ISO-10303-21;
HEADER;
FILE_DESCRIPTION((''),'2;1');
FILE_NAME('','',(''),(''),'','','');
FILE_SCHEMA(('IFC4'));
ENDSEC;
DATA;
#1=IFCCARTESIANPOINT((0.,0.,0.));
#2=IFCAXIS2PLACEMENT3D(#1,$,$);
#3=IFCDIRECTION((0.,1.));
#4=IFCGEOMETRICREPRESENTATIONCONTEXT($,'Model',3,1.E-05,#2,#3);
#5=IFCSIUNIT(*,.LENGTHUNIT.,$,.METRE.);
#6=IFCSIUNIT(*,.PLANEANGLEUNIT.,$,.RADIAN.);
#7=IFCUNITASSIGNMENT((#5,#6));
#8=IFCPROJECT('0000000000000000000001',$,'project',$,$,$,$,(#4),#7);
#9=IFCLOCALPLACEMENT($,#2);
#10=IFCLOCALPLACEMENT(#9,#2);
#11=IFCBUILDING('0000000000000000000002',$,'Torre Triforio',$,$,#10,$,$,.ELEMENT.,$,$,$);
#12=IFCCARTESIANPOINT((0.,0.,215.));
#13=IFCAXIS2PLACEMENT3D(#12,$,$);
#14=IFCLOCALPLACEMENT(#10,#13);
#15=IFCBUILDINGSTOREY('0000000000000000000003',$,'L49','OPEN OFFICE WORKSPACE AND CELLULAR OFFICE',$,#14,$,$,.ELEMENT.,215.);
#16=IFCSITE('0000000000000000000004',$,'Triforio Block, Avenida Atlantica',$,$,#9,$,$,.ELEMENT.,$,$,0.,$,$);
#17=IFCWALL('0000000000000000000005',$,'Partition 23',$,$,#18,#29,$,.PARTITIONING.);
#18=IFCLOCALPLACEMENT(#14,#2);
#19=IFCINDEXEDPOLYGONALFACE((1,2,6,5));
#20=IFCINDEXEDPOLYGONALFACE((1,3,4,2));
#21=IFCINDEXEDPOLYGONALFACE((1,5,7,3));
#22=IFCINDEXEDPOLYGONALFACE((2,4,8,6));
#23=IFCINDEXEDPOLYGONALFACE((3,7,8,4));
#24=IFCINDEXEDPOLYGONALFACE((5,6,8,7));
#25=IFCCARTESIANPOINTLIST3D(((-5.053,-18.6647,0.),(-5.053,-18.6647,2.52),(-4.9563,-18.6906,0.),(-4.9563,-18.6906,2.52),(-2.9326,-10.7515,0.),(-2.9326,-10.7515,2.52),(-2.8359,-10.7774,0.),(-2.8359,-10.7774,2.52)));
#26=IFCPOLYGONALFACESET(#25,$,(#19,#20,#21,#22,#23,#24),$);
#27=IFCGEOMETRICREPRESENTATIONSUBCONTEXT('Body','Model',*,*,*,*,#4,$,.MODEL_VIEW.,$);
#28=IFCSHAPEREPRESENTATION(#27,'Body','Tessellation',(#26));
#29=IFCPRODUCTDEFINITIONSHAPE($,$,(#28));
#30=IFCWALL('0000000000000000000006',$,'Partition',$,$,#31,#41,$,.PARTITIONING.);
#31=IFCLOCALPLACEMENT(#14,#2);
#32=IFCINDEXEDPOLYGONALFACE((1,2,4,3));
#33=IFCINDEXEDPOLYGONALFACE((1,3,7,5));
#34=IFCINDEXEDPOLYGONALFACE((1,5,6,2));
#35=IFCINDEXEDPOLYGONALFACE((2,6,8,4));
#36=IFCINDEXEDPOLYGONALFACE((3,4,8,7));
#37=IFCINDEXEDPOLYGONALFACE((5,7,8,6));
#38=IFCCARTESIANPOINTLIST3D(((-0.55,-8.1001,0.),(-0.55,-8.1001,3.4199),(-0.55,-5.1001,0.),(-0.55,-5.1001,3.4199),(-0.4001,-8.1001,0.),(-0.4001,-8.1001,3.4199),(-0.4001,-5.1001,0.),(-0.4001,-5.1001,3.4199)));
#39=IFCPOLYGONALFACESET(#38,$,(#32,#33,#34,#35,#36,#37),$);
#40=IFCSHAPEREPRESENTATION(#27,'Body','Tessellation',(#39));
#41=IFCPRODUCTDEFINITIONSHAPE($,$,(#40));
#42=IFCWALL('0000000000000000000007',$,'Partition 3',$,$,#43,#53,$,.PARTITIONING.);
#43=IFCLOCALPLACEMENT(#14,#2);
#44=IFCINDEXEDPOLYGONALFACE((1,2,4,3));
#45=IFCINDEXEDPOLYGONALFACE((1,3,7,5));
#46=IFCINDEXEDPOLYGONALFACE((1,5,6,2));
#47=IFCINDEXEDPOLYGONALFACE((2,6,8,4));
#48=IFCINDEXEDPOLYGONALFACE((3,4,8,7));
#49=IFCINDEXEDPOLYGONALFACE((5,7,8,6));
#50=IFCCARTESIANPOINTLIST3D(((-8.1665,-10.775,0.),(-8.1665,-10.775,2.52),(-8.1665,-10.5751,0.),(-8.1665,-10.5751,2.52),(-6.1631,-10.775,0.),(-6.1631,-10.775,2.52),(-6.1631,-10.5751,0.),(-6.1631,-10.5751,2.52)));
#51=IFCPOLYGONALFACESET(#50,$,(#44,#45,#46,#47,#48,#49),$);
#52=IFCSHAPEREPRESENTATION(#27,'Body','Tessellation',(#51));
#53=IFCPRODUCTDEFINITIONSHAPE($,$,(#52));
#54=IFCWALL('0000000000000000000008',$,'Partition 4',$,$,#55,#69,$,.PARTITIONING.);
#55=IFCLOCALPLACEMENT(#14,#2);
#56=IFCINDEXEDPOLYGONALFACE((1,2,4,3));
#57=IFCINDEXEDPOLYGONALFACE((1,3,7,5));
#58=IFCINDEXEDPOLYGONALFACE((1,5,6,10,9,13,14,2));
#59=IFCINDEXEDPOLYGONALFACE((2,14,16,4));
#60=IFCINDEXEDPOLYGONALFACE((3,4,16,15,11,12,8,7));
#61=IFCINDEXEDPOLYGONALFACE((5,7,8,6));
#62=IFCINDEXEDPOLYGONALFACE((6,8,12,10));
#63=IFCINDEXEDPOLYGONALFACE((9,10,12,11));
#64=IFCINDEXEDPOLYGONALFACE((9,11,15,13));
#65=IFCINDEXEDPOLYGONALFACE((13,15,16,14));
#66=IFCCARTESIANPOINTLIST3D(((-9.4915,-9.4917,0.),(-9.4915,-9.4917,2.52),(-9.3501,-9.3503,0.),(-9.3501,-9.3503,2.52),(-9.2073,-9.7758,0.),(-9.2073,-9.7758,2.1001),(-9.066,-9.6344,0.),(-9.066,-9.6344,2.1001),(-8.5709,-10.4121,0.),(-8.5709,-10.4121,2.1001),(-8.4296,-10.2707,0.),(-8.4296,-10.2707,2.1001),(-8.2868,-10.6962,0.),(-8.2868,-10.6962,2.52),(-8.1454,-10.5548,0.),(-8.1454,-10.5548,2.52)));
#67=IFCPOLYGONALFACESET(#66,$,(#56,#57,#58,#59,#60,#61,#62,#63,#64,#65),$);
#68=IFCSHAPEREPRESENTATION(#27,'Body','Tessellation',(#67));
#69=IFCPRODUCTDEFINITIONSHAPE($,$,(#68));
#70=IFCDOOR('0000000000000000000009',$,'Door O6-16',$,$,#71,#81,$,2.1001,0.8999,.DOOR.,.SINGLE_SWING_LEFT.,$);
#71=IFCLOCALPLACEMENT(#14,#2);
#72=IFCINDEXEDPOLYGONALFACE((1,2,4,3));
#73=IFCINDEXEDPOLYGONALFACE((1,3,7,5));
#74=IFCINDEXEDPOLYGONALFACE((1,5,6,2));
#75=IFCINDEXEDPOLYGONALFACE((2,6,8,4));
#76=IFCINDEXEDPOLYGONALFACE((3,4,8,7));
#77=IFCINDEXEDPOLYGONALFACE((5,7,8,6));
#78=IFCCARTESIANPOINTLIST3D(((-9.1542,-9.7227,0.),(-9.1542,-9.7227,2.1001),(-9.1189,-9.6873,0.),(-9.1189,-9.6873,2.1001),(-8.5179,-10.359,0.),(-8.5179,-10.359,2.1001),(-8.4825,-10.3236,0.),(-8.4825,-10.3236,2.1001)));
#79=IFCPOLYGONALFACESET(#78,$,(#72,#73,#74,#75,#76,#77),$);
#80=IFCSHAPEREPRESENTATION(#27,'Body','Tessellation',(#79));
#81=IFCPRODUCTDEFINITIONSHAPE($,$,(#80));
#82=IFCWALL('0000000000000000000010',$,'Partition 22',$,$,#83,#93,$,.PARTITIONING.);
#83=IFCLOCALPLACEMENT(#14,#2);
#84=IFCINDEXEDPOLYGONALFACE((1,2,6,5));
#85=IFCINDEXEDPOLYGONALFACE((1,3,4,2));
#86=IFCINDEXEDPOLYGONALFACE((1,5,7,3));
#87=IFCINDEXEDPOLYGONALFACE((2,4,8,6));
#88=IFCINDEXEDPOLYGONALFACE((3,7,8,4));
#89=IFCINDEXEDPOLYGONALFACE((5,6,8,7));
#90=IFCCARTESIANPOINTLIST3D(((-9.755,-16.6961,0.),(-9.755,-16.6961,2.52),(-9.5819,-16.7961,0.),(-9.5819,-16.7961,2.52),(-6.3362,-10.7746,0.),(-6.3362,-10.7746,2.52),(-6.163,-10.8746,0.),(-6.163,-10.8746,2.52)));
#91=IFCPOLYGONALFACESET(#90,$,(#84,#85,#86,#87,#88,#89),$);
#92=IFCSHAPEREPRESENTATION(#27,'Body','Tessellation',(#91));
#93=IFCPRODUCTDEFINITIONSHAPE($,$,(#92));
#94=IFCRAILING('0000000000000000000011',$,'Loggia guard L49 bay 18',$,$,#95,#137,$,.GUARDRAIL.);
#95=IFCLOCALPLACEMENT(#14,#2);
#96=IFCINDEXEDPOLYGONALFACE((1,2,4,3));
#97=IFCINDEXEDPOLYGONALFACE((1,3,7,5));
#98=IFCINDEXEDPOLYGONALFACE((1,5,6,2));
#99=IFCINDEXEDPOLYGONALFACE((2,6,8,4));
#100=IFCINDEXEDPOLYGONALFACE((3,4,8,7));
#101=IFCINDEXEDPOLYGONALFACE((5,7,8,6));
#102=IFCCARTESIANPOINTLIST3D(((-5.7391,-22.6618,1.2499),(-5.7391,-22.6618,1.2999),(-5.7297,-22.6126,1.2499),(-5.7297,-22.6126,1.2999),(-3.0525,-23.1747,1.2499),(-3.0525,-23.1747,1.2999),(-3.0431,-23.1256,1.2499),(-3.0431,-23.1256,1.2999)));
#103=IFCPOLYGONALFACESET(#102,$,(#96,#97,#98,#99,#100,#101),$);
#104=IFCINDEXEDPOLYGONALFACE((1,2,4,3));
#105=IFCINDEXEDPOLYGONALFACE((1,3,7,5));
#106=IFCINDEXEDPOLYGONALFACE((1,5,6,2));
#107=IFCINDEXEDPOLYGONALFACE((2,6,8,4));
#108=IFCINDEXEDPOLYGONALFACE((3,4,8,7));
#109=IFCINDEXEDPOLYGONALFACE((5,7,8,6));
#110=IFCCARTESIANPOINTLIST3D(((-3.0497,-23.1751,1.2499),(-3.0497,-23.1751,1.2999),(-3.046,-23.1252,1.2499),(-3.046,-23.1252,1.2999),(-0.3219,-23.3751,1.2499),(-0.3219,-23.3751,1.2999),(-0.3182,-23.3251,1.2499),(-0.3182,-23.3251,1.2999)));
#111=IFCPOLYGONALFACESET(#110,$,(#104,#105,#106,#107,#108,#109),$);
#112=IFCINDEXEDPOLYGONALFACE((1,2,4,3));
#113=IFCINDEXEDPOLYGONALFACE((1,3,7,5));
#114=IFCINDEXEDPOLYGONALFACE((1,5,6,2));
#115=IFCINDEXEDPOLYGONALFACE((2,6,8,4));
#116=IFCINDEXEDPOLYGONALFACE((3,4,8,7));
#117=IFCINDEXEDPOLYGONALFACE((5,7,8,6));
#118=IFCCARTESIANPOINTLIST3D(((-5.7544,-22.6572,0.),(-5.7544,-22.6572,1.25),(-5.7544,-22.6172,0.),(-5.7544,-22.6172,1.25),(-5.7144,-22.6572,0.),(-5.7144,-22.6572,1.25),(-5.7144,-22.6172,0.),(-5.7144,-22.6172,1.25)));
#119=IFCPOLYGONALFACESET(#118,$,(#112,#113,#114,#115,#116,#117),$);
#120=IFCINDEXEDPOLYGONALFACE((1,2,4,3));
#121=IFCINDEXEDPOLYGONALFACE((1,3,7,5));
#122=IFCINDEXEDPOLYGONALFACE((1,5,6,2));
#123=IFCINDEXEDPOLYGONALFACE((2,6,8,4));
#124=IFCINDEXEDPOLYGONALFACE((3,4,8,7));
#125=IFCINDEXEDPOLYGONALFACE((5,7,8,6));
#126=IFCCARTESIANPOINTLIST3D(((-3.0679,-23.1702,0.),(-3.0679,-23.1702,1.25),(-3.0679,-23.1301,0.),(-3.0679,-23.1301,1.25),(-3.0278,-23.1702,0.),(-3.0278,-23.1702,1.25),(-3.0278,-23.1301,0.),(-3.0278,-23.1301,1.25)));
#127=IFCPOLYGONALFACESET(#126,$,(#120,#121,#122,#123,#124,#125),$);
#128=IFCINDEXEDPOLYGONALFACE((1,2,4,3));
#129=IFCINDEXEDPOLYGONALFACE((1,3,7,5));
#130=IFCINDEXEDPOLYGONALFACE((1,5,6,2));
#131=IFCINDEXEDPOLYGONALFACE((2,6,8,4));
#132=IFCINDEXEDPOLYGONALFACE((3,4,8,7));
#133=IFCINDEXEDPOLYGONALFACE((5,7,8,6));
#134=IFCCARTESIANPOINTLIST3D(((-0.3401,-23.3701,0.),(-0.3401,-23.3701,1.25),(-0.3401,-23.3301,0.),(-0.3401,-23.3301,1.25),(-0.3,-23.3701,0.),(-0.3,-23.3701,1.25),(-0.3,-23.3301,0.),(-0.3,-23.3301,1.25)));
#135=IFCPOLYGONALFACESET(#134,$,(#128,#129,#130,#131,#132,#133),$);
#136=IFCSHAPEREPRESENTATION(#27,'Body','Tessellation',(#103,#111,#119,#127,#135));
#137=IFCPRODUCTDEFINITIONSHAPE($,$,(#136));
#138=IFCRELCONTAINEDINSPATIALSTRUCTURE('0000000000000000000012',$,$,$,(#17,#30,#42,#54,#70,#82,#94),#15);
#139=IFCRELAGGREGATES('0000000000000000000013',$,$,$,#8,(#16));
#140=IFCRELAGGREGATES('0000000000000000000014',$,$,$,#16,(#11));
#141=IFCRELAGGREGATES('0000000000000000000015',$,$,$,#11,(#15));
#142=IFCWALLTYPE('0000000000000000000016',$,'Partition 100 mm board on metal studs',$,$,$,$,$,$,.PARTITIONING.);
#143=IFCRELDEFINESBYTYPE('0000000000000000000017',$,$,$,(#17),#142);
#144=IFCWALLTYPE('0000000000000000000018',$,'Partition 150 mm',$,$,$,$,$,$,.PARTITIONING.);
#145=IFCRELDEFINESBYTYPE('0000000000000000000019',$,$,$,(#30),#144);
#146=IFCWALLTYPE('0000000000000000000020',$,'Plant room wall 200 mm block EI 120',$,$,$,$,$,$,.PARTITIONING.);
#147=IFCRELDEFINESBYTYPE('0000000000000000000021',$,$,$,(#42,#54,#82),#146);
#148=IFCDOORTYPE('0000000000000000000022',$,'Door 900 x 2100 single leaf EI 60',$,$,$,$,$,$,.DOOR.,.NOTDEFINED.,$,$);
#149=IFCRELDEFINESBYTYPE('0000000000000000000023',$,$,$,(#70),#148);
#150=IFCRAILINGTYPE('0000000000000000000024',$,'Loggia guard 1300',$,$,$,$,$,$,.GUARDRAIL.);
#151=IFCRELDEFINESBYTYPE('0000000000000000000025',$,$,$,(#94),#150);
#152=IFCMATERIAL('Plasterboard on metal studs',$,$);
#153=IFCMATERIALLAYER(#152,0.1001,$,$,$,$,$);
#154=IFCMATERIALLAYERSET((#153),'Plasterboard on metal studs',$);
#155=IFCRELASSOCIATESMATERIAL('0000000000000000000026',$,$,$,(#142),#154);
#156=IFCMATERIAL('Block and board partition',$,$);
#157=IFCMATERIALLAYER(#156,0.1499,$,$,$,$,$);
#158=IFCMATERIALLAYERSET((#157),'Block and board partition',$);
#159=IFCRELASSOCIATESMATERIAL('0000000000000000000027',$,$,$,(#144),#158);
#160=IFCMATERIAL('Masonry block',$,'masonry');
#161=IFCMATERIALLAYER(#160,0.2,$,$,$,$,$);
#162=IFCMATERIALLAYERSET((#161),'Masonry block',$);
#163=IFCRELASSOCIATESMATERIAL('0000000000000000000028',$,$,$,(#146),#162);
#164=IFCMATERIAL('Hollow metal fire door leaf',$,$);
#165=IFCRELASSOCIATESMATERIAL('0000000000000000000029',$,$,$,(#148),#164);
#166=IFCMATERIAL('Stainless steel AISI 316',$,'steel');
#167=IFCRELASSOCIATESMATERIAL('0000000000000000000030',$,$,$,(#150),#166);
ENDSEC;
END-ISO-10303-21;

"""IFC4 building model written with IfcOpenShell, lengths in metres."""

from ifc_helpers import new_model, si_unit, direction, frame, frame_2d, origin, origin_2d, place, context, subcontext, project, spatial, rectangle, extrude, material, layer, layer_set, type_object, element, fill, save


model = new_model("IFC4")

# Units and contexts
model_context = context("Model", 3, precision=1e-05, world=origin(), true_north=direction((0.0, 1.0)))
body_context = subcontext(model_context, "Body", "Model", "MODEL_VIEW")
ifc_project = project(units=[si_unit("LENGTHUNIT", "METRE"), si_unit("PLANEANGLEUNIT", "RADIAN")], contexts=[model_context])

# Site, building, storey
site_placement = place(None, origin())
site = spatial("IfcSite", under=ifc_project, at=site_placement, Name="Triforio Block, Avenida Atlantica", CompositionType="ELEMENT", RefElevation=0.0)
building_placement = place(site_placement, origin())
building = spatial("IfcBuilding", under=site, at=building_placement, Name="Torre Triforio", CompositionType="ELEMENT")
storey_placement = place(building_placement, frame((0.0, 0.0, 215.0)))
storey = spatial("IfcBuildingStorey", under=building, at=storey_placement, Name="L49", Description="OPEN OFFICE WORKSPACE AND CELLULAR OFFICE", CompositionType="ELEMENT", Elevation=215.0)

# Shared definitions
ifc_material_1 = material(Name="Hollow metal fire door leaf")

# Walls
ifc_material_2 = material(Name="Plasterboard on metal studs")
ifc_layer_1 = layer(ifc_material_2, 0.1001)
ifc_layer_set_1 = layer_set([ifc_layer_1], Name="Plasterboard on metal studs")
wall_type_1 = type_object("IfcWallType", Name="Partition 100 mm board on metal studs", PredefinedType="PARTITIONING", material=ifc_layer_set_1)
wall_1_placement = place(storey_placement, frame((-2.8843, -10.7644, 0.0), z_axis=(0.0, 0.0, 1.0), x_axis=(-0.258818, -0.965926, 0.0)))
element("IfcWall", 1, at=wall_1_placement, inside=storey, type_object=wall_type_1, Name="Partition 23", PredefinedType="PARTITIONING", context=body_context, shape_type="SweptSolid", body=[
    extrude(rectangle(XDim=8.1924, YDim=0.1001, at=frame_2d((4.0962, 0.0))), origin(), (0.0, 0.0, 1.0), 2.52),
])
ifc_material_3 = material(Name="Block and board partition")
ifc_layer_2 = layer(ifc_material_3, 0.1499)
ifc_layer_set_2 = layer_set([ifc_layer_2], Name="Block and board partition")
wall_type_2 = type_object("IfcWallType", Name="Partition 150 mm", PredefinedType="PARTITIONING", material=ifc_layer_set_2)
wall_2_placement = place(storey_placement, frame((-0.4751, -8.1001, 0.0), z_axis=(0.0, 0.0, 1.0), x_axis=(0.0, 1.0, 0.0)))
element("IfcWall", 2, at=wall_2_placement, inside=storey, type_object=wall_type_2, Name="Partition", PredefinedType="PARTITIONING", context=body_context, shape_type="SweptSolid", body=[
    extrude(rectangle(XDim=3.0, YDim=0.1499, at=frame_2d((1.5, 0.0))), origin(), (0.0, 0.0, 1.0), 3.4199),
])
ifc_material_4 = material(Name="Masonry block", Category="masonry")
ifc_layer_3 = layer(ifc_material_4, 0.2)
ifc_layer_set_3 = layer_set([ifc_layer_3], Name="Masonry block")
wall_type_3 = type_object("IfcWallType", Name="Plant room wall 200 mm block EI 120", PredefinedType="PARTITIONING", material=ifc_layer_set_3)
wall_3_placement = place(storey_placement, frame((-6.1631, -10.675, 0.0), z_axis=(0.0, 0.0, 1.0), x_axis=(-1.0, 0.0, 0.0)))
element("IfcWall", 3, at=wall_3_placement, inside=storey, type_object=wall_type_3, Name="Partition 3", PredefinedType="PARTITIONING", context=body_context, shape_type="SweptSolid", body=[
    extrude(rectangle(XDim=2.0034, YDim=0.2, at=frame_2d((1.0017, 0.0))), origin(), (0.0, 0.0, 1.0), 2.52),
])

# Wall, opening, door
wall_4_placement = place(storey_placement, frame((-8.2161, -10.6255, 0.0), z_axis=(0.0, 0.0, 1.0), x_axis=(-0.707178, 0.707035, 0.0)))
wall_4 = element("IfcWall", 4, at=wall_4_placement, inside=storey, type_object=wall_type_3, Name="Partition 4", PredefinedType="PARTITIONING", context=body_context, shape_type="SweptSolid", body=[
    extrude(rectangle(XDim=1.7036, YDim=0.2, at=frame_2d((0.8518, 0.0))), origin(), (0.0, 0.0, 1.0), 2.52),
])
opening_1_placement = place(wall_4_placement, frame((0.4019, 0.0, 0.0)))
opening_1 = element("IfcOpeningElement", 5, at=opening_1_placement, cuts=wall_4, PredefinedType="OPENING", context=body_context, shape_type="SweptSolid", body=[
    extrude(rectangle(XDim=0.8999, YDim=2.1001, at=frame_2d((0.45, 1.05))), frame((0.0, 0.1099, 0.0), z_axis=(0.0, -1.0, 0.0), x_axis=(1.0, 0.0, 0.0)), (0.0, 0.0, 1.0), 0.22),
])
door_type_1 = type_object("IfcDoorType", Name="Door 900 x 2100 single leaf EI 60", OperationType="NOTDEFINED", PredefinedType="DOOR", material=ifc_material_1)
door_1_placement = place(opening_1_placement, origin())
door_1 = element("IfcDoor", 6, at=door_1_placement, inside=storey, type_object=door_type_1, Name="Door O6-16", OperationType="SINGLE_SWING_LEFT", OverallHeight=2.1001, OverallWidth=0.8999, PredefinedType="DOOR", context=body_context, shape_type="SweptSolid", body=[
    extrude(rectangle(XDim=0.8999, YDim=2.1001, at=frame_2d((0.45, 1.05))), frame((0.0, 0.0249, 0.0), z_axis=(0.0, -1.0, 0.0), x_axis=(1.0, 0.0, 0.0)), (0.0, 0.0, 1.0), 0.05),
])
fill(opening_1, door_1)

# Wall
wall_5_placement = place(storey_placement, frame((-6.2495, -10.8245, 0.0), z_axis=(0.0, 0.0, 1.0), x_axis=(-0.50001, -0.86602, 0.0)))
element("IfcWall", 7, at=wall_5_placement, inside=storey, type_object=wall_type_3, Name="Partition 22", PredefinedType="PARTITIONING", context=body_context, shape_type="SweptSolid", body=[
    extrude(rectangle(XDim=6.8376, YDim=0.2, at=frame_2d((3.4189, 0.0))), origin(), (0.0, 0.0, 1.0), 2.52),
])

# Railing
ifc_material_5 = material(Name="Stainless steel AISI 316", Category="steel")
railing_type = type_object("IfcRailingType", Name="Loggia guard 1300", PredefinedType="GUARDRAIL", material=ifc_material_5)
railing_placement = place(storey_placement, frame((-5.7344, -22.6372, 0.0)))
element("IfcRailing", 8, at=railing_placement, inside=storey, type_object=railing_type, Name="Loggia guard L49 bay 18", PredefinedType="GUARDRAIL", context=body_context, shape_type="SweptSolid", body=[
    extrude(rectangle(XDim=0.05, YDim=0.05, at=origin_2d()), frame((0.0, 0.0, 1.2749), z_axis=(0.982256, -0.187543, 0.0), x_axis=(0.187543, 0.982256, 0.0)), (0.0, 0.0, 1.0), 2.7351),
    extrude(rectangle(XDim=0.05, YDim=0.05, at=origin_2d()), frame((2.6865, -0.5129, 1.2749), z_axis=(0.997324, -0.073106, 0.0), x_axis=(0.073106, 0.997324, 0.0)), (0.0, 0.0, 1.0), 2.7351),
    extrude(rectangle(XDim=0.04, YDim=0.04, at=origin_2d()), origin(), (0.0, 0.0, 1.0), 1.25),
    extrude(rectangle(XDim=0.04, YDim=0.04, at=origin_2d()), frame((2.6865, -0.5129, 0.0)), (0.0, 0.0, 1.0), 1.25),
    extrude(rectangle(XDim=0.04, YDim=0.04, at=origin_2d()), frame((5.4143, -0.7129, 0.0)), (0.0, 0.0, 1.0), 1.25),
])

save(model, "model.ifc")
